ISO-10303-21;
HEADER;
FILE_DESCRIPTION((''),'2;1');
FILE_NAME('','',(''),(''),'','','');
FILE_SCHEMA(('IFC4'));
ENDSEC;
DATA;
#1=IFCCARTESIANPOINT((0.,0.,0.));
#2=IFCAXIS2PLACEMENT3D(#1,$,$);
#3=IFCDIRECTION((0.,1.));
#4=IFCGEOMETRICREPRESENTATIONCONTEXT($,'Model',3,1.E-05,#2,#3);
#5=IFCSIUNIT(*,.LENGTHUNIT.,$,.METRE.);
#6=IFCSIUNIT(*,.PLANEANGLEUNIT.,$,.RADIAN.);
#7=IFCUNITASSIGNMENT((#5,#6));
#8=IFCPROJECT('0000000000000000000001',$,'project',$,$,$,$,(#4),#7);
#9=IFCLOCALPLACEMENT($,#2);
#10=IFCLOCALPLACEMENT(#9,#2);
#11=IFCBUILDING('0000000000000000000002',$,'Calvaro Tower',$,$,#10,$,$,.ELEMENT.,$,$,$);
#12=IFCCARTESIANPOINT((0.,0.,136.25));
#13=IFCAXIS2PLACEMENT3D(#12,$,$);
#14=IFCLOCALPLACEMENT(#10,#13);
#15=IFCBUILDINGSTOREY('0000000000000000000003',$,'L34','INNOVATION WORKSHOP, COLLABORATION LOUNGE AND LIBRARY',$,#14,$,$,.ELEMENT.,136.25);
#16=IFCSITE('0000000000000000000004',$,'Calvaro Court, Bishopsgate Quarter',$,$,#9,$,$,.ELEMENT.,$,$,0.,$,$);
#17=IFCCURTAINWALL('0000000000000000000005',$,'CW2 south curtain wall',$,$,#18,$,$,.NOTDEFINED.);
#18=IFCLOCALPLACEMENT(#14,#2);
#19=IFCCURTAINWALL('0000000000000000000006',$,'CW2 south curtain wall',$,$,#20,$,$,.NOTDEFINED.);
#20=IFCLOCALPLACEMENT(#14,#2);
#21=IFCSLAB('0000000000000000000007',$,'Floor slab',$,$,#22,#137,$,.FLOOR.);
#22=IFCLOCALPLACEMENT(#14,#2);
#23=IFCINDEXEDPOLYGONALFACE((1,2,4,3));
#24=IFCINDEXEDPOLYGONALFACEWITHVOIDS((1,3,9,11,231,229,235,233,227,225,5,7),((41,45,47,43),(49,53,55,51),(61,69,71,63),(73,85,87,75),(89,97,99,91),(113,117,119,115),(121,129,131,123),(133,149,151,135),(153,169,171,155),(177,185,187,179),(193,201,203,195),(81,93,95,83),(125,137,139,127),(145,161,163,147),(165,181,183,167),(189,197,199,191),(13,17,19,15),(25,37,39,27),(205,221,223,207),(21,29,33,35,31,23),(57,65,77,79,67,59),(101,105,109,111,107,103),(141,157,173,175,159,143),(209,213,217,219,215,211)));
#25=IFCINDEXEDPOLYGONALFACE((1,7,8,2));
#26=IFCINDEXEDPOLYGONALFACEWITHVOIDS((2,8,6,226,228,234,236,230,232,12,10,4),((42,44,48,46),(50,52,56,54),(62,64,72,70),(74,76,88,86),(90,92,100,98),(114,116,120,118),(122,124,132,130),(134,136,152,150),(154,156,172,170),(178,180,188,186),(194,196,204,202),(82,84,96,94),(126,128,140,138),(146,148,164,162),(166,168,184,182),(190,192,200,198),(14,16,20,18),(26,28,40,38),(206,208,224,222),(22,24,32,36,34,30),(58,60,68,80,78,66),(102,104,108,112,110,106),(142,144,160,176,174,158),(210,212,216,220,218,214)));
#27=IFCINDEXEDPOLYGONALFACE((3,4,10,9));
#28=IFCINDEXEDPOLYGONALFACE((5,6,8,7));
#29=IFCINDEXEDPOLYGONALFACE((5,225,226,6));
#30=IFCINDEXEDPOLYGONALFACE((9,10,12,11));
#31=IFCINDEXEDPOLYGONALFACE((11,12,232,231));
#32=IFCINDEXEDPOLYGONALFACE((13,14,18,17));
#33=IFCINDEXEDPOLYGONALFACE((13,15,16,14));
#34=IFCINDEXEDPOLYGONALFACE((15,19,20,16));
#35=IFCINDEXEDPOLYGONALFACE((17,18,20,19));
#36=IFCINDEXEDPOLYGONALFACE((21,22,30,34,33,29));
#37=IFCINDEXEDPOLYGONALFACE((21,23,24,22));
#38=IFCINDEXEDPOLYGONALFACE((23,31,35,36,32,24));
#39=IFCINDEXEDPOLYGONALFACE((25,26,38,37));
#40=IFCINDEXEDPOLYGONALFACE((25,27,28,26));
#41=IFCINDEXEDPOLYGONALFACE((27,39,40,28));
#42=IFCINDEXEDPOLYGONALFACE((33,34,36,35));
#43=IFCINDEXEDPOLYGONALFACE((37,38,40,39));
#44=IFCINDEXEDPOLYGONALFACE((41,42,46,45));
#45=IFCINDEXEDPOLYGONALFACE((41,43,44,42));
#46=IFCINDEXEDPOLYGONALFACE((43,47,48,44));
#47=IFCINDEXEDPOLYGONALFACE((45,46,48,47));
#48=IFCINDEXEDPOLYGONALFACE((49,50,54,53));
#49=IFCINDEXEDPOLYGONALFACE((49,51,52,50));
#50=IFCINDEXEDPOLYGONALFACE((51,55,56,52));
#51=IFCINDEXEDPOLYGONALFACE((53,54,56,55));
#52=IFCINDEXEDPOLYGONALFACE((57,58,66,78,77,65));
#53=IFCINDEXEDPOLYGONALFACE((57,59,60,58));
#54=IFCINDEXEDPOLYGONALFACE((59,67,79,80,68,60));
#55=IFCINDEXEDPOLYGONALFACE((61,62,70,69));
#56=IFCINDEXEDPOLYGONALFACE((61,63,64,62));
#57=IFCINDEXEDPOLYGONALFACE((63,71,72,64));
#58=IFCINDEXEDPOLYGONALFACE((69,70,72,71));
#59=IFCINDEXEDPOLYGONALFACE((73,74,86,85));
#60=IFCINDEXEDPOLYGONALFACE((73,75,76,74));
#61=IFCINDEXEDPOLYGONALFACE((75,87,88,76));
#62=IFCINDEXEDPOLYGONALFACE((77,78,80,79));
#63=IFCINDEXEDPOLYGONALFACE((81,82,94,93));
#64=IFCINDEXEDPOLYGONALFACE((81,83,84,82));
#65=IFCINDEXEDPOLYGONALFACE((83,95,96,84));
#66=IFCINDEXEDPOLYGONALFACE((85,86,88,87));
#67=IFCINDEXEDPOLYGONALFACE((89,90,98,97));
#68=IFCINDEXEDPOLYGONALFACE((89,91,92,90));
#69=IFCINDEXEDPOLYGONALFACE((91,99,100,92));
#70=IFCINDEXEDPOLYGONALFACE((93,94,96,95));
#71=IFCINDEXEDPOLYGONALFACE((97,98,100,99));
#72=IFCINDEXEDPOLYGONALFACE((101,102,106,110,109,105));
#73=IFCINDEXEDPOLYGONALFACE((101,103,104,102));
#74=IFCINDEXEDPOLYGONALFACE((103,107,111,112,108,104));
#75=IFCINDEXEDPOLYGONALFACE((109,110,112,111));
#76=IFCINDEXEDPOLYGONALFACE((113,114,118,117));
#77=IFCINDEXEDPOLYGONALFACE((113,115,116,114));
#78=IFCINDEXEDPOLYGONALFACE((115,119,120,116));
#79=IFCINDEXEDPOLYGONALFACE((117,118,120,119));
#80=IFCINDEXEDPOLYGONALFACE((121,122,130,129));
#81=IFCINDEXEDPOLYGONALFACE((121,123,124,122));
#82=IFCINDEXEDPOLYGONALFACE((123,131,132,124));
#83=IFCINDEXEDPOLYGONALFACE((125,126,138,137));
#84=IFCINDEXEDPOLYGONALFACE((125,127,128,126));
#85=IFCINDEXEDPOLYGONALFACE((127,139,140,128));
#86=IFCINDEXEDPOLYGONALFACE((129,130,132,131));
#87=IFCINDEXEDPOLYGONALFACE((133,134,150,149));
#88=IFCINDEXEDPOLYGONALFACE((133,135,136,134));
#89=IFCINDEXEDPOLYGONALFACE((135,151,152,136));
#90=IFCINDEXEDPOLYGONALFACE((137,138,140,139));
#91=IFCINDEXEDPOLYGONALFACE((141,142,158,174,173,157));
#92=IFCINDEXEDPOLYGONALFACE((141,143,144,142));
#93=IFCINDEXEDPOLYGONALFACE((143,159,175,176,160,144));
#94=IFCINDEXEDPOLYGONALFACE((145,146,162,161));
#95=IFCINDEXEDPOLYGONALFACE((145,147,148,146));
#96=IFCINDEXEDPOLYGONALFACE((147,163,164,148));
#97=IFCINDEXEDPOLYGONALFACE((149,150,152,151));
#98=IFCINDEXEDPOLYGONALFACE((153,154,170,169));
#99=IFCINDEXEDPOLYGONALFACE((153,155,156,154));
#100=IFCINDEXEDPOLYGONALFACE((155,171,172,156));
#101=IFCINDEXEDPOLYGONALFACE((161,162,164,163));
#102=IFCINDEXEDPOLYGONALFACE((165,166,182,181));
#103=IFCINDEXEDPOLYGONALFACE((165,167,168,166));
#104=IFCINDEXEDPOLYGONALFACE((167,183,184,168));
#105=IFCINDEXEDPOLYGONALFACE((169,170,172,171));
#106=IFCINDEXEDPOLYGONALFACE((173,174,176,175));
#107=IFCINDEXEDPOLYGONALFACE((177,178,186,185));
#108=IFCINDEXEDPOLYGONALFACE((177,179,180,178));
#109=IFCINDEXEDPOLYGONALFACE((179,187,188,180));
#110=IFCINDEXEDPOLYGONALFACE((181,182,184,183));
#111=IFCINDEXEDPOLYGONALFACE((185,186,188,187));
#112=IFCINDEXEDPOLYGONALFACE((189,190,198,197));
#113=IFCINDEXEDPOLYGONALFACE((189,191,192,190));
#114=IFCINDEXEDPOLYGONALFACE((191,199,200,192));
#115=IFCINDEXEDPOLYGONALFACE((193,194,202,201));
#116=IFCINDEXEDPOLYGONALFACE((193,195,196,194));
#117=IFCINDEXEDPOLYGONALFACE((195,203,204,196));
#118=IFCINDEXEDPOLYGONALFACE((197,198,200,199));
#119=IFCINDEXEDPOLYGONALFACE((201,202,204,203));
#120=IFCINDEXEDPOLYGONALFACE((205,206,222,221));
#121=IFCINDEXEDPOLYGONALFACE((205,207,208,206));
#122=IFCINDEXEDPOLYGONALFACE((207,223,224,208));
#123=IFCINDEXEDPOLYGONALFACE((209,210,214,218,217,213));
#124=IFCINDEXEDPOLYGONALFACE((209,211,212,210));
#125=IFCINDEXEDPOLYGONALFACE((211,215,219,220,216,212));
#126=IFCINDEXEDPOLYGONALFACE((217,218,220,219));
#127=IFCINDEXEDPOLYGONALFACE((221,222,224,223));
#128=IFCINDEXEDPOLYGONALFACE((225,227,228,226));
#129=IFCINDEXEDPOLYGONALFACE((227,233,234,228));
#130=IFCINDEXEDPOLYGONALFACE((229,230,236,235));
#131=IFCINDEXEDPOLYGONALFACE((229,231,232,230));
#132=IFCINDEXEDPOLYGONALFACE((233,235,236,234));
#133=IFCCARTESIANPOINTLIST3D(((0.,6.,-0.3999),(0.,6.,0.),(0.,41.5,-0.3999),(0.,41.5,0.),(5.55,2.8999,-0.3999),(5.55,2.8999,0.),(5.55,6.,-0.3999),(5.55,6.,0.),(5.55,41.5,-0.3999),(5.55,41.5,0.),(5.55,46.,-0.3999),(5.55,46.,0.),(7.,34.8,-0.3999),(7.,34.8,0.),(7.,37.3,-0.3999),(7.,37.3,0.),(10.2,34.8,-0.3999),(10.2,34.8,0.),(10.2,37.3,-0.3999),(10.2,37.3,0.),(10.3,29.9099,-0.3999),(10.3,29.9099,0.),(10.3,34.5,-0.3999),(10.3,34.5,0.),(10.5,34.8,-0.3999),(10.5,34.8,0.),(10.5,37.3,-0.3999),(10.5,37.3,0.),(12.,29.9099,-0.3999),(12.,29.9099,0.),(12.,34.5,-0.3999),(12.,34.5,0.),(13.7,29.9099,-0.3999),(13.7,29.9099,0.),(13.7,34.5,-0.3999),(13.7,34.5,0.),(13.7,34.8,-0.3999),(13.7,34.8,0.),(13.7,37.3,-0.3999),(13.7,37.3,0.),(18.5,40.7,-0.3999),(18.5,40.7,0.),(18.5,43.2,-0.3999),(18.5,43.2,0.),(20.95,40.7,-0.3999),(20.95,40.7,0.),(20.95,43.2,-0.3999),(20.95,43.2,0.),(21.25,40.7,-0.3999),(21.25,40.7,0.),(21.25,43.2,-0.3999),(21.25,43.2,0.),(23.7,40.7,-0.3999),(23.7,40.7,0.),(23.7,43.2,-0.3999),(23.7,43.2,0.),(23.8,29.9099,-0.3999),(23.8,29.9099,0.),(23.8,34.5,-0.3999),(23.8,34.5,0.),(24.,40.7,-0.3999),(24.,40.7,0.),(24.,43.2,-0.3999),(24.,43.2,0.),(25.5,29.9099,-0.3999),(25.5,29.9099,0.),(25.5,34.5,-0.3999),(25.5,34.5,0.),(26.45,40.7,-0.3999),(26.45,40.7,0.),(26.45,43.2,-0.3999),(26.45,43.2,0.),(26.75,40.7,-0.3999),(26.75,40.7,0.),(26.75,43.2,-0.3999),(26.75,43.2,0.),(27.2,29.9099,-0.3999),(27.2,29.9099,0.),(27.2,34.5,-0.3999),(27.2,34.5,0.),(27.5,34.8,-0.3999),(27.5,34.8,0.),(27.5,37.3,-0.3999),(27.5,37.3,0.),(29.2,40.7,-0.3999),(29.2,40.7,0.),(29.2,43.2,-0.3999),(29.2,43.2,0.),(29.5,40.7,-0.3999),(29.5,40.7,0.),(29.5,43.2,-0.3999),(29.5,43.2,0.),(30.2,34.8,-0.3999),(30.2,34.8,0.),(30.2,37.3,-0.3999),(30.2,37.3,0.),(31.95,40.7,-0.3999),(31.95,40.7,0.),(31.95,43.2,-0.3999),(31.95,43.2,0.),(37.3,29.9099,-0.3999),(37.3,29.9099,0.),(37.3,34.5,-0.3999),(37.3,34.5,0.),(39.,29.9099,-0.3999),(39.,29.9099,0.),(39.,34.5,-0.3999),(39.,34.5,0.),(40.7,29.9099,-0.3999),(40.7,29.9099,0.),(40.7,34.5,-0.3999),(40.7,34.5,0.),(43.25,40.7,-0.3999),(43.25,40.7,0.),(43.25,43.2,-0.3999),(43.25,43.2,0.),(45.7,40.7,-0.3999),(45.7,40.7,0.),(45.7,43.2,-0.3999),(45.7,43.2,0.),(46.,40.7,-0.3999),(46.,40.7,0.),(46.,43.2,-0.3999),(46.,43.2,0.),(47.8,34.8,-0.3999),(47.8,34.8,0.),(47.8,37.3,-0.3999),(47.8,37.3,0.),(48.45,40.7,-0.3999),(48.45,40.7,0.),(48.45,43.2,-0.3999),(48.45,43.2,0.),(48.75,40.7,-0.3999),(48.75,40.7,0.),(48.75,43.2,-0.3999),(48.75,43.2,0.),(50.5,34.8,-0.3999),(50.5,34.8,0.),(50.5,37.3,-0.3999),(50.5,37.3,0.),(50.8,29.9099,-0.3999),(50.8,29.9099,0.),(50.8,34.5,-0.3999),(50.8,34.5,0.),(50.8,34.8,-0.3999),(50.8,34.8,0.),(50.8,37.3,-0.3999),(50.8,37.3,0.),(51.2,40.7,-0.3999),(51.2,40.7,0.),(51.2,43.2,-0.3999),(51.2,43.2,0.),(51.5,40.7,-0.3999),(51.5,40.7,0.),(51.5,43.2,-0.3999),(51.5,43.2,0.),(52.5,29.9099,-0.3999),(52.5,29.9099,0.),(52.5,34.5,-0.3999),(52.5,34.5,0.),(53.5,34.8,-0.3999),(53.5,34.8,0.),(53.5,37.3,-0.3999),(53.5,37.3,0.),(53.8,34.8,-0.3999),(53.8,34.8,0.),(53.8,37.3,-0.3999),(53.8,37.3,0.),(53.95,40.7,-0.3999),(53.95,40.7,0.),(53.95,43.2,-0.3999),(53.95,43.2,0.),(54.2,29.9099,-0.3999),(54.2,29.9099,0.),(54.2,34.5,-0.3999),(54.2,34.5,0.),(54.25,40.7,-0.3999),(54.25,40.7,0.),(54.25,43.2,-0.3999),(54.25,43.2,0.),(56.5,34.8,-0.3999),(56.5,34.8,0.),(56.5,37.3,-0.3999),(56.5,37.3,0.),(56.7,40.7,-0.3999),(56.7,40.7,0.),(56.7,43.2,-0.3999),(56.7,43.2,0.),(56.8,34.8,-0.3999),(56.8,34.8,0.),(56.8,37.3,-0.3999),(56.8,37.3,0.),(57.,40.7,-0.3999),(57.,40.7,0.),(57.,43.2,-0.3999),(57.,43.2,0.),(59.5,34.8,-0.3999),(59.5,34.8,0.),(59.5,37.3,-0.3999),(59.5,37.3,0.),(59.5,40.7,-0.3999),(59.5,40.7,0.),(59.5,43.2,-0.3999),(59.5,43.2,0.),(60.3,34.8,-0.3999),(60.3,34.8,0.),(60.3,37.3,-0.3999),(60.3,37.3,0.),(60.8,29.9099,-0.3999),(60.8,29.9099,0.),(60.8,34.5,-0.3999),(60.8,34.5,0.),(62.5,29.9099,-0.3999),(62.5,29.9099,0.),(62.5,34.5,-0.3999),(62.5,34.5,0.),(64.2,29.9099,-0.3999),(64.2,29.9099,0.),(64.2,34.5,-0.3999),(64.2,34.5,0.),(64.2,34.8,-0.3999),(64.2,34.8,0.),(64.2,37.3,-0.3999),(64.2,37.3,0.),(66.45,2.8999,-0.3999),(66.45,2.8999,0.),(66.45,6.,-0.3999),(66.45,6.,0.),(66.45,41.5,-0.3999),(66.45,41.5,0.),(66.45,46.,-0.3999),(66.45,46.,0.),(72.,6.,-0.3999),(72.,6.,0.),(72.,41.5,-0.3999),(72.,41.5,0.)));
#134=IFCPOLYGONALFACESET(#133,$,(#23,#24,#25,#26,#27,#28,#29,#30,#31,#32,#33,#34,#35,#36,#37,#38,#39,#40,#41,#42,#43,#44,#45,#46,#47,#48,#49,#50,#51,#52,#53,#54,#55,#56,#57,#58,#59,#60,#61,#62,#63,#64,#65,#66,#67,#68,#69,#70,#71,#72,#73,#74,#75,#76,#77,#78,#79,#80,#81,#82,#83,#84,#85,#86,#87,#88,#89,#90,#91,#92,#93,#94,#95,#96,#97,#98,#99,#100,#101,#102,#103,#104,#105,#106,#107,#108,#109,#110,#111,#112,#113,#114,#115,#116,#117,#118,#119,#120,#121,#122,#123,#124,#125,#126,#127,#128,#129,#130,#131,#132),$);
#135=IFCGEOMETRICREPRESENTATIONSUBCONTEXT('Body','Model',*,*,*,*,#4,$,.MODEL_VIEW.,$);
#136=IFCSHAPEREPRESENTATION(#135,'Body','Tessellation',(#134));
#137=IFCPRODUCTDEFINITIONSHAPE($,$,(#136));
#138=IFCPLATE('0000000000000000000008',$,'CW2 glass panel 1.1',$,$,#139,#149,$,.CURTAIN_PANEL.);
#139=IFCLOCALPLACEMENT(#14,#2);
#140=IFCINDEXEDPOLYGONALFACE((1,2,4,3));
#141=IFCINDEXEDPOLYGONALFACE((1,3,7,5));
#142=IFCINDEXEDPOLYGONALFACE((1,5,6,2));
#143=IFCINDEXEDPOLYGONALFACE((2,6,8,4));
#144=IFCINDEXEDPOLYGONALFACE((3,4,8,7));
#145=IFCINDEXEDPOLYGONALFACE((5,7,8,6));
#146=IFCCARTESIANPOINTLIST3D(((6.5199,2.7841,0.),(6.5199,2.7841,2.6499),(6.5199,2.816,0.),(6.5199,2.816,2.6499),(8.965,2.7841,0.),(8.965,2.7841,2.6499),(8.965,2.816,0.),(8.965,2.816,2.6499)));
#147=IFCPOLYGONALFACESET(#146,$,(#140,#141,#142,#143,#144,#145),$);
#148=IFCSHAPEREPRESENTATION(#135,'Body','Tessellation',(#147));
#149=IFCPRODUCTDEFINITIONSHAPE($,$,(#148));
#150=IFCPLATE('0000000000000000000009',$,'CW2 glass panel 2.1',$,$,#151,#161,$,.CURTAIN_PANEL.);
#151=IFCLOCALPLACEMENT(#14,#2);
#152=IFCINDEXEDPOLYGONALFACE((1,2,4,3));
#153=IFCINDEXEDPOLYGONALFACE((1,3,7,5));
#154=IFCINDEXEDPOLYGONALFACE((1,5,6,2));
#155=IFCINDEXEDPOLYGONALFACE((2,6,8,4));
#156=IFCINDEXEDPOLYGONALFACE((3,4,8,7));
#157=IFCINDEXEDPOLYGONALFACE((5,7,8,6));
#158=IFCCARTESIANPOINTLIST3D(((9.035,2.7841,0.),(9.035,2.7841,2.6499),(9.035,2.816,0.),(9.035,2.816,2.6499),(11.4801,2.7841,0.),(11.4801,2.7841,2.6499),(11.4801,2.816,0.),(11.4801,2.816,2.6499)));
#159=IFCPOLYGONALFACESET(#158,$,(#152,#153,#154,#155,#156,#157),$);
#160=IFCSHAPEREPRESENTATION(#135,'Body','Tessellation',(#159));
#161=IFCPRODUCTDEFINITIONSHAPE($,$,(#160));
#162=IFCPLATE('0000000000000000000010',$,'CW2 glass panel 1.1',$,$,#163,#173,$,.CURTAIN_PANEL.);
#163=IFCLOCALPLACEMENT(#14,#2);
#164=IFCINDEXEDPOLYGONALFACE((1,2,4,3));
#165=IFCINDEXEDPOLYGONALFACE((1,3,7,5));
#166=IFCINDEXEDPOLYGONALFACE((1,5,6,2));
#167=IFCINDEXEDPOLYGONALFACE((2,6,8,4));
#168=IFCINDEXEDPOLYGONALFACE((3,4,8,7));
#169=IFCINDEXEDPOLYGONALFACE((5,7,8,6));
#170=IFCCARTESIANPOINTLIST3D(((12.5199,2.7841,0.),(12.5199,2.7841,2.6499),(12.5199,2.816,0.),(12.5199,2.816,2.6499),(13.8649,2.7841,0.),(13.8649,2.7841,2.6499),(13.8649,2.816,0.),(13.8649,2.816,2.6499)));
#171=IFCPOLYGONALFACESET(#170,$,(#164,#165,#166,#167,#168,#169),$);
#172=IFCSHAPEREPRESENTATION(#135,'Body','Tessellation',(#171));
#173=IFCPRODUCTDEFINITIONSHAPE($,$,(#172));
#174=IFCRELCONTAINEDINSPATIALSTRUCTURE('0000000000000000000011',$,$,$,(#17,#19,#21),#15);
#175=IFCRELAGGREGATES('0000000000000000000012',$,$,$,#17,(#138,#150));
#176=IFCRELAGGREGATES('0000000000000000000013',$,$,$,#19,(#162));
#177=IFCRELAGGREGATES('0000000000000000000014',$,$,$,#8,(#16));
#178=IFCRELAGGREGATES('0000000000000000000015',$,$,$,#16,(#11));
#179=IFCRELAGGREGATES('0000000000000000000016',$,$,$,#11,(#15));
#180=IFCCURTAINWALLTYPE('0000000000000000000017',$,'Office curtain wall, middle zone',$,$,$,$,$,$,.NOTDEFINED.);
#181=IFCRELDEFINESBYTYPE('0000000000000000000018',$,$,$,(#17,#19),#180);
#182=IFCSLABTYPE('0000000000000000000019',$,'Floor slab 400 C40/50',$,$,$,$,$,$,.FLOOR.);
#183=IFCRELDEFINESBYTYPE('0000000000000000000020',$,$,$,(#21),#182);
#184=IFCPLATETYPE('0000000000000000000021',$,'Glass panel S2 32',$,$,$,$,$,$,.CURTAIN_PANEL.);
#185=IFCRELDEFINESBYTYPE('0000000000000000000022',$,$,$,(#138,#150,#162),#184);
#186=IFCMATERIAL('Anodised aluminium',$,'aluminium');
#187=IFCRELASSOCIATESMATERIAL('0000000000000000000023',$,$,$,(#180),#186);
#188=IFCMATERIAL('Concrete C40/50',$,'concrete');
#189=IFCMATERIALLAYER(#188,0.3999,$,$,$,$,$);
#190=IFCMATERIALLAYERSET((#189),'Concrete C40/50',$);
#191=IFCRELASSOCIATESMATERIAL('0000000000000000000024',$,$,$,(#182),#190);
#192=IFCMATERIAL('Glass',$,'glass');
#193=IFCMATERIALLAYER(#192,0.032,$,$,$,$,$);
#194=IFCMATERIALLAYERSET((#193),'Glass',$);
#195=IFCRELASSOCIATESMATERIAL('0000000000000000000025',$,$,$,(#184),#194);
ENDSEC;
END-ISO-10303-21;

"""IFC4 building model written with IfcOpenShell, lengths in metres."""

from ifc_helpers import new_model, si_unit, direction, frame, origin, origin_2d, place, context, subcontext, project, spatial, polyline, rectangle, outline, extrude, material, layer, layer_set, type_object, element, aggregate, save


model = new_model("IFC4")

# Units and contexts
model_context = context("Model", 3, precision=1e-05, world=origin(), true_north=direction((0.0, 1.0)))
body_context = subcontext(model_context, "Body", "Model", "MODEL_VIEW")
ifc_project = project(units=[si_unit("LENGTHUNIT", "METRE"), si_unit("PLANEANGLEUNIT", "RADIAN")], contexts=[model_context])

# Site, building, storey
site_placement = place(None, origin())
site = spatial("IfcSite", under=ifc_project, at=site_placement, Name="Calvaro Court, Bishopsgate Quarter", CompositionType="ELEMENT", RefElevation=0.0)
building_placement = place(site_placement, origin())
building = spatial("IfcBuilding", under=site, at=building_placement, Name="Calvaro Tower", CompositionType="ELEMENT")
storey_placement = place(building_placement, frame((0.0, 0.0, 136.25)))
storey = spatial("IfcBuildingStorey", under=building, at=storey_placement, Name="L34", Description="INNOVATION WORKSHOP, COLLABORATION LOUNGE AND LIBRARY", CompositionType="ELEMENT", Elevation=136.25)

# Curtain walls
ifc_material_1 = material(Name="Anodised aluminium", Category="aluminium")
curtain_wall_type = type_object("IfcCurtainWallType", Name="Office curtain wall, middle zone", PredefinedType="NOTDEFINED", material=ifc_material_1)
curtain_wall_1_placement = place(storey_placement, origin())
curtain_wall_1 = element("IfcCurtainWall", 1, at=curtain_wall_1_placement, inside=storey, type_object=curtain_wall_type, Name="CW2 south curtain wall", PredefinedType="NOTDEFINED")
curtain_wall_2_placement = place(storey_placement, origin())
curtain_wall_2 = element("IfcCurtainWall", 2, at=curtain_wall_2_placement, inside=storey, type_object=curtain_wall_type, Name="CW2 south curtain wall", PredefinedType="NOTDEFINED")

# Slab
ifc_material_2 = material(Name="Concrete C40/50", Category="concrete")
ifc_layer_1 = layer(ifc_material_2, 0.3999)
ifc_layer_set_1 = layer_set([ifc_layer_1], Name="Concrete C40/50")
slab_type_1 = type_object("IfcSlabType", Name="Floor slab 400 C40/50", PredefinedType="FLOOR", material=ifc_layer_set_1)
slab_1_placement = place(storey_placement, frame((0.0, 0.0, -0.3999)))
element("IfcSlab", 3, at=slab_1_placement, inside=storey, type_object=slab_type_1, Name="Floor slab", PredefinedType="FLOOR", context=body_context, shape_type="SweptSolid", body=[
    extrude(outline(polyline([(66.45, 6.0), (66.45, 2.8999), (5.55, 2.8999), (5.55, 6.0), (0.0, 6.0), (0.0, 41.5), (5.55, 41.5), (5.55, 46.0), (66.45, 46.0), (66.45, 41.5), (72.0, 41.5), (72.0, 6.0), (66.45, 6.0)]), holes=[polyline([(10.3, 29.9099), (10.3, 34.5), (12.0, 34.5), (13.7, 34.5), (13.7, 29.9099), (12.0, 29.9099), (10.3, 29.9099)]), polyline([(23.8, 29.9099), (23.8, 34.5), (25.5, 34.5), (27.2, 34.5), (27.2, 29.9099), (25.5, 29.9099), (23.8, 29.9099)]), polyline([(37.3, 29.9099), (37.3, 34.5), (39.0, 34.5), (40.7, 34.5), (40.7, 29.9099), (39.0, 29.9099), (37.3, 29.9099)]), polyline([(50.8, 29.9099), (50.8, 34.5), (52.5, 34.5), (54.2, 34.5), (54.2, 29.9099), (52.5, 29.9099), (50.8, 29.9099)]), polyline([(60.8, 29.9099), (60.8, 34.5), (62.5, 34.5), (64.2, 34.5), (64.2, 29.9099), (62.5, 29.9099), (60.8, 29.9099)]), polyline([(50.8, 34.8), (53.5, 34.8), (53.5, 37.3), (50.8, 37.3), (50.8, 34.8)]), polyline([(53.8, 34.8), (56.5, 34.8), (56.5, 37.3), (53.8, 37.3), (53.8, 34.8)]), polyline([(56.8, 34.8), (59.5, 34.8), (59.5, 37.3), (56.8, 37.3), (56.8, 34.8)]), polyline([(18.5, 40.7), (20.95, 40.7), (20.95, 43.2), (18.5, 43.2), (18.5, 40.7)]), polyline([(21.25, 40.7), (23.7, 40.7), (23.7, 43.2), (21.25, 43.2), (21.25, 40.7)]), polyline([(24.0, 40.7), (26.45, 40.7), (26.45, 43.2), (24.0, 43.2), (24.0, 40.7)]), polyline([(26.75, 40.7), (29.2, 40.7), (29.2, 43.2), (26.75, 43.2), (26.75, 40.7)]), polyline([(29.5, 40.7), (31.95, 40.7), (31.95, 43.2), (29.5, 43.2), (29.5, 40.7)]), polyline([(43.25, 40.7), (45.7, 40.7), (45.7, 43.2), (43.25, 43.2), (43.25, 40.7)]), polyline([(46.0, 40.7), (48.45, 40.7), (48.45, 43.2), (46.0, 43.2), (46.0, 40.7)]), polyline([(48.75, 40.7), (51.2, 40.7), (51.2, 43.2), (48.75, 43.2), (48.75, 40.7)]), polyline([(51.5, 40.7), (53.95, 40.7), (53.95, 43.2), (51.5, 43.2), (51.5, 40.7)]), polyline([(54.25, 40.7), (56.7, 40.7), (56.7, 43.2), (54.25, 43.2), (54.25, 40.7)]), polyline([(57.0, 40.7), (59.5, 40.7), (59.5, 43.2), (57.0, 43.2), (57.0, 40.7)]), polyline([(7.0, 34.8), (10.2, 34.8), (10.2, 37.3), (7.0, 37.3), (7.0, 34.8)]), polyline([(10.5, 34.8), (13.7, 34.8), (13.7, 37.3), (10.5, 37.3), (10.5, 34.8)]), polyline([(60.3, 34.8), (64.2, 34.8), (64.2, 37.3), (60.3, 37.3), (60.3, 34.8)]), polyline([(27.5, 34.8), (30.2, 34.8), (30.2, 37.3), (27.5, 37.3), (27.5, 34.8)]), polyline([(47.8, 34.8), (50.5, 34.8), (50.5, 37.3), (47.8, 37.3), (47.8, 34.8)])]), origin(), (0.0, 0.0, 1.0), 0.3999),
])

# Plates
ifc_material_3 = material(Name="Glass", Category="glass")
ifc_layer_2 = layer(ifc_material_3, 0.032)
ifc_layer_set_2 = layer_set([ifc_layer_2], Name="Glass")
plate_type = type_object("IfcPlateType", Name="Glass panel S2 32", PredefinedType="CURTAIN_PANEL", material=ifc_layer_set_2)
plate_1_placement = place(storey_placement, frame((7.7424, 2.8, 0.0), z_axis=(0.0, 0.0, 1.0), x_axis=(1.0, 0.0, 0.0)))
plate_1 = element("IfcPlate", 4, at=plate_1_placement, type_object=plate_type, Name="CW2 glass panel 1.1", PredefinedType="CURTAIN_PANEL", context=body_context, shape_type="SweptSolid", body=[
    extrude(rectangle(XDim=2.4451, YDim=0.032, at=origin_2d()), origin(), (0.0, 0.0, 1.0), 2.6499),
])
plate_2_placement = place(storey_placement, frame((10.2576, 2.8, 0.0), z_axis=(0.0, 0.0, 1.0), x_axis=(1.0, 0.0, 0.0)))
plate_2 = element("IfcPlate", 5, at=plate_2_placement, type_object=plate_type, Name="CW2 glass panel 2.1", PredefinedType="CURTAIN_PANEL", context=body_context, shape_type="SweptSolid", body=[
    extrude(rectangle(XDim=2.4451, YDim=0.032, at=origin_2d()), origin(), (0.0, 0.0, 1.0), 2.6499),
])
aggregate(curtain_wall_1, [plate_1, plate_2])
plate_3_placement = place(storey_placement, frame((13.1924, 2.8, 0.0), z_axis=(0.0, 0.0, 1.0), x_axis=(1.0, 0.0, 0.0)))
plate_3 = element("IfcPlate", 6, at=plate_3_placement, type_object=plate_type, Name="CW2 glass panel 1.1", PredefinedType="CURTAIN_PANEL", context=body_context, shape_type="SweptSolid", body=[
    extrude(rectangle(XDim=1.345, YDim=0.032, at=origin_2d()), origin(), (0.0, 0.0, 1.0), 2.6499),
])
aggregate(curtain_wall_2, [plate_3])

save(model, "model.ifc")
